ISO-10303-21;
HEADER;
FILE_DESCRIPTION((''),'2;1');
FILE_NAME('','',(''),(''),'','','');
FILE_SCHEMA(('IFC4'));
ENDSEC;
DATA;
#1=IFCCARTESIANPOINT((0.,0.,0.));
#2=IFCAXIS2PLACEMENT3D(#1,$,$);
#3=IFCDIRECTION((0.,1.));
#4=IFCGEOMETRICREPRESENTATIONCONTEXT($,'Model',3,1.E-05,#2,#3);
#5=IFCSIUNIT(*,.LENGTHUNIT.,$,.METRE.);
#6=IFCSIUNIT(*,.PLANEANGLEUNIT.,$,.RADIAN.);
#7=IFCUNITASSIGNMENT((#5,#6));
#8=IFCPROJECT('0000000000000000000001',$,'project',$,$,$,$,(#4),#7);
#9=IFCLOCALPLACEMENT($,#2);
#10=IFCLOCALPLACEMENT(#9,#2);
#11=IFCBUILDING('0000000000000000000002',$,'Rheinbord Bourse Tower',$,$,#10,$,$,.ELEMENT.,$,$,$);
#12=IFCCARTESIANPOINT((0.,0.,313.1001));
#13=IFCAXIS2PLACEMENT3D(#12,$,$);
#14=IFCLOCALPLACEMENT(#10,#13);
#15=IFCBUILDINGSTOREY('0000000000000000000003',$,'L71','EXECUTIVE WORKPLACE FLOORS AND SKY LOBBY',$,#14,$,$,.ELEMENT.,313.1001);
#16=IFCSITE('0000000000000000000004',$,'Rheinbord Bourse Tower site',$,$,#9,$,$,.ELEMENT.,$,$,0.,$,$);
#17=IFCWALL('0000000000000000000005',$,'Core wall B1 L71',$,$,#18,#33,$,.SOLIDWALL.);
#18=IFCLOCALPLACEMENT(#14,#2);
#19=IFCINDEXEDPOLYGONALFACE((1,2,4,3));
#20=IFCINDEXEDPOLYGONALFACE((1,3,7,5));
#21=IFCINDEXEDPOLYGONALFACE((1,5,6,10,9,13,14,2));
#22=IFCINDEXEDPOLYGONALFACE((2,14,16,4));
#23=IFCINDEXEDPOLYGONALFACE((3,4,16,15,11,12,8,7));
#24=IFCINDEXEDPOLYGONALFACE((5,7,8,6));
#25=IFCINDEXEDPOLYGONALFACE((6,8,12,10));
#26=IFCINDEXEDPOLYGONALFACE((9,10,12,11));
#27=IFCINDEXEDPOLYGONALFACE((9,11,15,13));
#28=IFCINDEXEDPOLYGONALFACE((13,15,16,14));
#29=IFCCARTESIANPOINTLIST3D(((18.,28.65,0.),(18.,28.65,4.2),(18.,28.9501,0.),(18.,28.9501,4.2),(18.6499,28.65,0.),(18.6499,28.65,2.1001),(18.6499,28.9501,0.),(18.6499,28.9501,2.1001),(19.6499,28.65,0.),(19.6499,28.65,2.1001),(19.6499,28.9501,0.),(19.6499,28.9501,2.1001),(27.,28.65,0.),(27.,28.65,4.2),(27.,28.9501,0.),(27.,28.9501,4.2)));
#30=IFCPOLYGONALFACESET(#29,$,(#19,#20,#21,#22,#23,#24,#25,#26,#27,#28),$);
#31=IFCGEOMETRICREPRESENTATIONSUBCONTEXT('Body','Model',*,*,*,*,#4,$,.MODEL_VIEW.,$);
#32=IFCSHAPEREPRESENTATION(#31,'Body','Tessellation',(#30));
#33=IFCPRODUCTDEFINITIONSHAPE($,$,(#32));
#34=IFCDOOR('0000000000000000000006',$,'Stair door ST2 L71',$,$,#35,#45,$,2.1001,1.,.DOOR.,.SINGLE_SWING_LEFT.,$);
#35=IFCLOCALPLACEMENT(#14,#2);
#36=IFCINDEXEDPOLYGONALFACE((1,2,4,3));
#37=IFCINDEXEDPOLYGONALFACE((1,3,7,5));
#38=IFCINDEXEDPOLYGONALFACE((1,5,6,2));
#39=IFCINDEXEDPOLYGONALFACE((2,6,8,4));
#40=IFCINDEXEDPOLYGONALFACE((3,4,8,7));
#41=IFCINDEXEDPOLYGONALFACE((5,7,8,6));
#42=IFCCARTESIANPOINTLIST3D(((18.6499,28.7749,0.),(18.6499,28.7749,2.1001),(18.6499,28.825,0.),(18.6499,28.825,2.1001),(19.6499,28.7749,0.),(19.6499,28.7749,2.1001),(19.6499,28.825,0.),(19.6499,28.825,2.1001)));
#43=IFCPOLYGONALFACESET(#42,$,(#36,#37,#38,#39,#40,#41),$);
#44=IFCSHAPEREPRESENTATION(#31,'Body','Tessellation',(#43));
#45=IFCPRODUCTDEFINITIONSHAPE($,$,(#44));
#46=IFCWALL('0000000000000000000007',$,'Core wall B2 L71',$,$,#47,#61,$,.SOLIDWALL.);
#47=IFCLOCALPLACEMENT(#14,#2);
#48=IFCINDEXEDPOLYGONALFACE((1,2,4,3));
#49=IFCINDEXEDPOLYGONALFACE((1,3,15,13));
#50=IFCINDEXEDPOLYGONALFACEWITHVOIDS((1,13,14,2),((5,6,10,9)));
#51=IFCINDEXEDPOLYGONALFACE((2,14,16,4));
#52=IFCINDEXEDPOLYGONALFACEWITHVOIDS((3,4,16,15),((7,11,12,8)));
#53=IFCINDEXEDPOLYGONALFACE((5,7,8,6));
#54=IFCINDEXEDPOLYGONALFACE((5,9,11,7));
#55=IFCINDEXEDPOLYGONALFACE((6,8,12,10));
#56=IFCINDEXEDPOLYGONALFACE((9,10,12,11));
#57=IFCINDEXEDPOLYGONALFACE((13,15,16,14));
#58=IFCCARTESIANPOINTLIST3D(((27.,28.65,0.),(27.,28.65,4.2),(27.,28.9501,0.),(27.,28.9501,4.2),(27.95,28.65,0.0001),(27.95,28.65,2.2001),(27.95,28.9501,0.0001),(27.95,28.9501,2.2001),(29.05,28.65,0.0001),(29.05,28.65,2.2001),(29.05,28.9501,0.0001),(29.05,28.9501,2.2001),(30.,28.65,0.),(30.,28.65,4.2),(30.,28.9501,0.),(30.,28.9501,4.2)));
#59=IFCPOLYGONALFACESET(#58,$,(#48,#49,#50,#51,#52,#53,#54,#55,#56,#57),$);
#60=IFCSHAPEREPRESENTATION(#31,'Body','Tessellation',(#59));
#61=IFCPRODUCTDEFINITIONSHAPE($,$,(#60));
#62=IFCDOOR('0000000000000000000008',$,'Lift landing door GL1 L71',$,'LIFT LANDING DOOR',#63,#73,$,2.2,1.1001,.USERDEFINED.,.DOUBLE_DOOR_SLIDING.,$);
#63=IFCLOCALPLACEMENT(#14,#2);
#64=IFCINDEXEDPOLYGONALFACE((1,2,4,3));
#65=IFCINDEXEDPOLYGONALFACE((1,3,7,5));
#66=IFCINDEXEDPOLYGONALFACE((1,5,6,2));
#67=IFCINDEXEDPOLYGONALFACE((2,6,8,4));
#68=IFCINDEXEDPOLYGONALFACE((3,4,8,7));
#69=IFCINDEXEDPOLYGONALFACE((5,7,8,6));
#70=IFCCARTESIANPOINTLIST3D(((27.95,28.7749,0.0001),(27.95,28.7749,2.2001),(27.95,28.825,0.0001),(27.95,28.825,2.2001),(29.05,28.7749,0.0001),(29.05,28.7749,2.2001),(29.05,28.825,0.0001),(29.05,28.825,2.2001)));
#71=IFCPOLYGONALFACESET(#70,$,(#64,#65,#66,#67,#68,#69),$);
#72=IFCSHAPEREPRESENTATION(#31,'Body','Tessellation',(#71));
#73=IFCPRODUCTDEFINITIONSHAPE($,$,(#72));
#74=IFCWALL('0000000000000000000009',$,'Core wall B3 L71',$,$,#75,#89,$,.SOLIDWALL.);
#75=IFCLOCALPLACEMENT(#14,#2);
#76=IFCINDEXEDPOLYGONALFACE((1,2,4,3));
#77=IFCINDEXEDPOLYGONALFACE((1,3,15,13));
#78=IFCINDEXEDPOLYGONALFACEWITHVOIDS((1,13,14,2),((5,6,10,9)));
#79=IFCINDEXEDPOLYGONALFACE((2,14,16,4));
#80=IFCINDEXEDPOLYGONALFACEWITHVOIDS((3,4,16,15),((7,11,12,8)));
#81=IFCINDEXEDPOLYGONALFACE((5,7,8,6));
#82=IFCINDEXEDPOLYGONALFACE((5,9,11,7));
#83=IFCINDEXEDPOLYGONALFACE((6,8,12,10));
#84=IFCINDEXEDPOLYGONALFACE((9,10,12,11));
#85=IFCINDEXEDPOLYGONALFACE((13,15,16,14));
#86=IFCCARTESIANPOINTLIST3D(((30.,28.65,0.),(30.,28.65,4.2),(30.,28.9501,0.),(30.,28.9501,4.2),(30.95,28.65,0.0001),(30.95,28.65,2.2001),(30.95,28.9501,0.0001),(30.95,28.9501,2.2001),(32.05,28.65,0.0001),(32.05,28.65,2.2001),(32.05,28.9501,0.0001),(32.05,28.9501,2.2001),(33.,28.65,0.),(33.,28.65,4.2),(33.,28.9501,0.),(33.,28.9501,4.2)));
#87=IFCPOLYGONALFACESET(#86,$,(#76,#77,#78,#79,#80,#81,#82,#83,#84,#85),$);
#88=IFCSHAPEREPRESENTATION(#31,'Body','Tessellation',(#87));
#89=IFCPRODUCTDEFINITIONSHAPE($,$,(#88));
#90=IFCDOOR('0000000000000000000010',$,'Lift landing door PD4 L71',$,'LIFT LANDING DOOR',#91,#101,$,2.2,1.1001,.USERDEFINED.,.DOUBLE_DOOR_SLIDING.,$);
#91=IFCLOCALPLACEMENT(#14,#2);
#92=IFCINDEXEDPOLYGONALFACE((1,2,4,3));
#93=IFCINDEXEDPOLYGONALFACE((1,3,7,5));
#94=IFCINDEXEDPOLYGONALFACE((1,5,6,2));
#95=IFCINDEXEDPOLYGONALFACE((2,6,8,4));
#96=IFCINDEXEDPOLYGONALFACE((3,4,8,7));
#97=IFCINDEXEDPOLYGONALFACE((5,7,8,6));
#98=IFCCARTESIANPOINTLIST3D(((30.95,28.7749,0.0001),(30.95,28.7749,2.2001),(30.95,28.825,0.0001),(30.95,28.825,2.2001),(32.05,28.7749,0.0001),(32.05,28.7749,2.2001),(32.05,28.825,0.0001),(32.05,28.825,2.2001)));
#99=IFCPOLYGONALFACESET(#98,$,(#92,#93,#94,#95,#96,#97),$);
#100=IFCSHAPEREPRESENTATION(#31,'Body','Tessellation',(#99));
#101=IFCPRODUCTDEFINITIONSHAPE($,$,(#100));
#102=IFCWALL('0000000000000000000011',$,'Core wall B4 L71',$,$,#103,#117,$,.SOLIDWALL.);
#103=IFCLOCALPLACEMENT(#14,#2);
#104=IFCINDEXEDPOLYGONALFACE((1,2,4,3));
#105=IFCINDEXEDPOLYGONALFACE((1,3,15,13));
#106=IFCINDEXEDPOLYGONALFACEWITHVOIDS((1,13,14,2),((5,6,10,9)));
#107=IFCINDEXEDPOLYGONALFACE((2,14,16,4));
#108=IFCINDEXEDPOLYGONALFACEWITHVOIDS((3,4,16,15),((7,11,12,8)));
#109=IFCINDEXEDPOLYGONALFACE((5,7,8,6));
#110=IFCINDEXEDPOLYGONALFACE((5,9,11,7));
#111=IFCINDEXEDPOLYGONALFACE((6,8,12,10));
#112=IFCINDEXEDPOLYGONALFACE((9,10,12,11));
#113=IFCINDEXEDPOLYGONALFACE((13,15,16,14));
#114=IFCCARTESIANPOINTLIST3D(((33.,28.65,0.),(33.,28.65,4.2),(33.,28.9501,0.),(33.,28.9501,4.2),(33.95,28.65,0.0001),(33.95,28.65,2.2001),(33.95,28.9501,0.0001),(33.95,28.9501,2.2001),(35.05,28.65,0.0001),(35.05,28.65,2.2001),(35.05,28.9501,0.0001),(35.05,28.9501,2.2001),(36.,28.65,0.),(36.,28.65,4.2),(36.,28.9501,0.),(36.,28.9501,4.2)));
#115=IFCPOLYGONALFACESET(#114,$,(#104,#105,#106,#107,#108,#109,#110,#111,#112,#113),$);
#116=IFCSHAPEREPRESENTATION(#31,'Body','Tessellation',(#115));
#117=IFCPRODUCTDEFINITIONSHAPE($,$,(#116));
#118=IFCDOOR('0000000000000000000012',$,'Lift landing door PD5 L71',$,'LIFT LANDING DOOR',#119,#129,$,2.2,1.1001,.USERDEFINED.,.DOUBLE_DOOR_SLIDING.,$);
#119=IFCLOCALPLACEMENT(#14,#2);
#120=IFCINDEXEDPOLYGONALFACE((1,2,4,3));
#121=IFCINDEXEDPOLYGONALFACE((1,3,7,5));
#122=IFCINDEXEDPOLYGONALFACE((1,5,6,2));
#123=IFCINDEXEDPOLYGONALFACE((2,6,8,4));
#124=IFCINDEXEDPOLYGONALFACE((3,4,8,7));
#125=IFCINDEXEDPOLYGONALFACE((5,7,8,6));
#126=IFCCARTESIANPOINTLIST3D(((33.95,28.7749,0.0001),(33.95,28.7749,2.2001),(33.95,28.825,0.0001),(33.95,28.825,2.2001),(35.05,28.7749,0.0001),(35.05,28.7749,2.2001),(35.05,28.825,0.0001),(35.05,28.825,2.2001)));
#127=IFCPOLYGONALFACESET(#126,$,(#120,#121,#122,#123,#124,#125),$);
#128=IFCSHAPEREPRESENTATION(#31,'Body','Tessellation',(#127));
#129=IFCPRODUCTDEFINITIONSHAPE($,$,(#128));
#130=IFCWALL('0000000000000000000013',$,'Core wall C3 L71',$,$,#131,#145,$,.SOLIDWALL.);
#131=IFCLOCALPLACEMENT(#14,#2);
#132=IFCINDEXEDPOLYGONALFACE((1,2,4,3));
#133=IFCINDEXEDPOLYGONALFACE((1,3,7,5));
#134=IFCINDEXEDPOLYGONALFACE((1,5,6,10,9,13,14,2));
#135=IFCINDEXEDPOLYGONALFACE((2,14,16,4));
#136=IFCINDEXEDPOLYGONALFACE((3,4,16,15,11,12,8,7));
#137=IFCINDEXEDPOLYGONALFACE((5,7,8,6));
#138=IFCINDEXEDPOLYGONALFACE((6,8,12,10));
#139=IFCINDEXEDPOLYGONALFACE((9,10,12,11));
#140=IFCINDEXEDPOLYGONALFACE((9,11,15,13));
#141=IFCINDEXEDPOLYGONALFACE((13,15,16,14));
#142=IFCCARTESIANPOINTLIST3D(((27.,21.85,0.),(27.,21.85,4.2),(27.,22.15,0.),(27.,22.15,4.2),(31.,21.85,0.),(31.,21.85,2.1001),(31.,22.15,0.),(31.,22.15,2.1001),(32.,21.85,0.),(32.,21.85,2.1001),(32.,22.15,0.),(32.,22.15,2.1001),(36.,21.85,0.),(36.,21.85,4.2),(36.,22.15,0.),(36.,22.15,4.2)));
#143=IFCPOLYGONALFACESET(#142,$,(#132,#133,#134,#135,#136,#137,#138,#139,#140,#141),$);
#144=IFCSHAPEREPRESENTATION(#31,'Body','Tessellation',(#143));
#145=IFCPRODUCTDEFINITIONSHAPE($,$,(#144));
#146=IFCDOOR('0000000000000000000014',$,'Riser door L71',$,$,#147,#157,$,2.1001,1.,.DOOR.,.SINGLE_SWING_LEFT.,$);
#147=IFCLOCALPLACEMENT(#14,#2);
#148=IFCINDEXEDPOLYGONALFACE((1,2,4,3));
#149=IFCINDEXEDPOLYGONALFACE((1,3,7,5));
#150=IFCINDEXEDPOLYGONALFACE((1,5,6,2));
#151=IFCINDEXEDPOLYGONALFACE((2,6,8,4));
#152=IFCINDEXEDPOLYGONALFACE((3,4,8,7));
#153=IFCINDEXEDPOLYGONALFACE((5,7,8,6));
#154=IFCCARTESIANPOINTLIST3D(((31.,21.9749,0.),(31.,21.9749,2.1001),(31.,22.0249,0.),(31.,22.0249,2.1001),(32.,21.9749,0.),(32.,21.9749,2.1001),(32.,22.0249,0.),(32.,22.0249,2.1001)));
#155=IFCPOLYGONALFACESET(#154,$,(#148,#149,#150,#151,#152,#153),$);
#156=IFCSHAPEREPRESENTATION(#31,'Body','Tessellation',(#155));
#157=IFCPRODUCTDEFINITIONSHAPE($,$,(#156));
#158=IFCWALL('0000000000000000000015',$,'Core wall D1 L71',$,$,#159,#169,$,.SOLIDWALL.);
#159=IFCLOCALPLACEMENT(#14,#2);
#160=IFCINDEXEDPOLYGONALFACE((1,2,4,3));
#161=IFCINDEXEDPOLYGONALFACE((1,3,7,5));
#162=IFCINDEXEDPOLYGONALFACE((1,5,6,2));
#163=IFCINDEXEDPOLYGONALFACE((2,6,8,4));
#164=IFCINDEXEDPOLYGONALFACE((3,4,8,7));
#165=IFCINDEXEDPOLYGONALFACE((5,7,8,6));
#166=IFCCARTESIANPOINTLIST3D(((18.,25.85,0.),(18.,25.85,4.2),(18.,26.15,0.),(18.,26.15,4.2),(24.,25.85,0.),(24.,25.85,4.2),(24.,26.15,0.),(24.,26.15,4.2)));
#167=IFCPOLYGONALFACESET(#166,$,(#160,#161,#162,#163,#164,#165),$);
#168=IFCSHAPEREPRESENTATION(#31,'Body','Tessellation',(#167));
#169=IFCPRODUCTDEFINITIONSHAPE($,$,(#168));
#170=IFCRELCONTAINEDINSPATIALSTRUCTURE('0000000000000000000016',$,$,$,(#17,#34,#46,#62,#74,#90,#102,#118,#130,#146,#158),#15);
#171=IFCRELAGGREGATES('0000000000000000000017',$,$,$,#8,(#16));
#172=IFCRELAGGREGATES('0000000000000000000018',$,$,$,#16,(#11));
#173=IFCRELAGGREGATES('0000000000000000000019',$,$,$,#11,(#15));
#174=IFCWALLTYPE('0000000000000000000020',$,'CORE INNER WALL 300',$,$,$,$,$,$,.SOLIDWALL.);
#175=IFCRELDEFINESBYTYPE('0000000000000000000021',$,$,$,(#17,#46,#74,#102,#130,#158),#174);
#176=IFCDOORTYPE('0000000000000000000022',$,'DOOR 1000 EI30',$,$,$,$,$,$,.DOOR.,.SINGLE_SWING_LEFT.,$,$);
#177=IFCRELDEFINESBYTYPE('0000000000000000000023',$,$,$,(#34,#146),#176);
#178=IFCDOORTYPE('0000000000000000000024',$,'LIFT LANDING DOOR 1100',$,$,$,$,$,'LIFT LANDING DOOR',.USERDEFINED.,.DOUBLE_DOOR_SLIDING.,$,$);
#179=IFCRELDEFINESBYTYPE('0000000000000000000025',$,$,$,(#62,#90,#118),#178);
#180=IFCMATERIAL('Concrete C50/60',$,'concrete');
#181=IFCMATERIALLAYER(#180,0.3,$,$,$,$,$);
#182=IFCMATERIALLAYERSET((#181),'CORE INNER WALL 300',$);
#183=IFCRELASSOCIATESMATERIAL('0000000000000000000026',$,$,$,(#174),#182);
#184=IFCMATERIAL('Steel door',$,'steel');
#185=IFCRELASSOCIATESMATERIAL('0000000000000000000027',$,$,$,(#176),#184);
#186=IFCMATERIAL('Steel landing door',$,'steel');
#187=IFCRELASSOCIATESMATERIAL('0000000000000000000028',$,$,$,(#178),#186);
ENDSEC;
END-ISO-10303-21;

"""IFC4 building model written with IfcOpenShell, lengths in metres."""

from ifc_helpers import new_model, si_unit, direction, frame, frame_2d, origin, place, context, subcontext, project, spatial, rectangle, extrude, material, layer, layer_set, type_object, element, fill, save


model = new_model("IFC4")

# Units and contexts
model_context = context("Model", 3, precision=1e-05, world=origin(), true_north=direction((0.0, 1.0)))
body_context = subcontext(model_context, "Body", "Model", "MODEL_VIEW")
ifc_project = project(units=[si_unit("LENGTHUNIT", "METRE"), si_unit("PLANEANGLEUNIT", "RADIAN")], contexts=[model_context])

# Site, building, storey
site_placement = place(None, origin())
site = spatial("IfcSite", under=ifc_project, at=site_placement, Name="Rheinbord Bourse Tower site", CompositionType="ELEMENT", RefElevation=0.0)
building_placement = place(site_placement, origin())
building = spatial("IfcBuilding", under=site, at=building_placement, Name="Rheinbord Bourse Tower", CompositionType="ELEMENT")
storey_placement = place(building_placement, frame((0.0, 0.0, 313.1001)))
storey = spatial("IfcBuildingStorey", under=building, at=storey_placement, Name="L71", Description="EXECUTIVE WORKPLACE FLOORS AND SKY LOBBY", CompositionType="ELEMENT", Elevation=313.1001)

# Walls, openings, doors
ifc_material_1 = material(Name="Concrete C50/60", Category="concrete")
ifc_layer_1 = layer(ifc_material_1, 0.3)
ifc_layer_set_1 = layer_set([ifc_layer_1], Name="CORE INNER WALL 300")
wall_type_1 = type_object("IfcWallType", Name="CORE INNER WALL 300", PredefinedType="SOLIDWALL", material=ifc_layer_set_1)
wall_1_placement = place(storey_placement, frame((18.0, 28.8, 0.0), z_axis=(0.0, 0.0, 1.0), x_axis=(1.0, 0.0, 0.0)))
wall_1 = element("IfcWall", 1, at=wall_1_placement, inside=storey, type_object=wall_type_1, Name="Core wall B1 L71", PredefinedType="SOLIDWALL", context=body_context, shape_type="SweptSolid", body=[
    extrude(rectangle(XDim=9.0, YDim=0.3, at=frame_2d((4.5, 0.0))), origin(), (0.0, 0.0, 1.0), 4.2),
])
opening_1_placement = place(wall_1_placement, frame((0.6499, 0.0, 0.0)))
opening_1 = element("IfcOpeningElement", 2, at=opening_1_placement, cuts=wall_1, PredefinedType="OPENING", context=body_context, shape_type="SweptSolid", body=[
    extrude(rectangle(XDim=1.0, YDim=2.1001, at=frame_2d((0.5, 1.05))), frame((0.0, 0.1599, 0.0), z_axis=(0.0, -1.0, 0.0), x_axis=(1.0, 0.0, 0.0)), (0.0, 0.0, 1.0), 0.3201),
])
ifc_material_2 = material(Name="Steel door", Category="steel")
door_type_1 = type_object("IfcDoorType", Name="DOOR 1000 EI30", OperationType="SINGLE_SWING_LEFT", PredefinedType="DOOR", material=ifc_material_2)
door_1_placement = place(opening_1_placement, origin())
door_1 = element("IfcDoor", 3, at=door_1_placement, inside=storey, type_object=door_type_1, Name="Stair door ST2 L71", OperationType="SINGLE_SWING_LEFT", OverallHeight=2.1001, OverallWidth=1.0, PredefinedType="DOOR", context=body_context, shape_type="SweptSolid", body=[
    extrude(rectangle(XDim=1.0, YDim=2.1001, at=frame_2d((0.5, 1.05))), frame((0.0, 0.0249, 0.0), z_axis=(0.0, -1.0, 0.0), x_axis=(1.0, 0.0, 0.0)), (0.0, 0.0, 1.0), 0.05),
])
fill(opening_1, door_1)
wall_2_placement = place(storey_placement, frame((27.0, 28.8, 0.0), z_axis=(0.0, 0.0, 1.0), x_axis=(1.0, 0.0, 0.0)))
wall_2 = element("IfcWall", 4, at=wall_2_placement, inside=storey, type_object=wall_type_1, Name="Core wall B2 L71", PredefinedType="SOLIDWALL", context=body_context, shape_type="SweptSolid", body=[
    extrude(rectangle(XDim=3.0, YDim=0.3, at=frame_2d((1.5, 0.0))), origin(), (0.0, 0.0, 1.0), 4.2),
])
opening_2_placement = place(wall_2_placement, frame((0.95, 0.0, 0.0)))
opening_2 = element("IfcOpeningElement", 5, at=opening_2_placement, cuts=wall_2, PredefinedType="OPENING", context=body_context, shape_type="SweptSolid", body=[
    extrude(rectangle(XDim=1.1001, YDim=2.2, at=frame_2d((0.55, 1.1001))), frame((0.0, 0.1599, 0.0), z_axis=(0.0, -1.0, 0.0), x_axis=(1.0, 0.0, 0.0)), (0.0, 0.0, 1.0), 0.3201),
])
ifc_material_3 = material(Name="Steel landing door", Category="steel")
door_type_2 = type_object("IfcDoorType", Name="LIFT LANDING DOOR 1100", ElementType="LIFT LANDING DOOR", OperationType="DOUBLE_DOOR_SLIDING", PredefinedType="USERDEFINED", material=ifc_material_3)
door_2_placement = place(opening_2_placement, origin())
door_2 = element("IfcDoor", 6, at=door_2_placement, inside=storey, type_object=door_type_2, Name="Lift landing door GL1 L71", ObjectType="LIFT LANDING DOOR", OperationType="DOUBLE_DOOR_SLIDING", OverallHeight=2.2, OverallWidth=1.1001, PredefinedType="USERDEFINED", context=body_context, shape_type="SweptSolid", body=[
    extrude(rectangle(XDim=1.1001, YDim=2.2, at=frame_2d((0.55, 1.1001))), frame((0.0, 0.0249, 0.0), z_axis=(0.0, -1.0, 0.0), x_axis=(1.0, 0.0, 0.0)), (0.0, 0.0, 1.0), 0.05),
])
fill(opening_2, door_2)
wall_3_placement = place(storey_placement, frame((30.0, 28.8, 0.0), z_axis=(0.0, 0.0, 1.0), x_axis=(1.0, 0.0, 0.0)))
wall_3 = element("IfcWall", 7, at=wall_3_placement, inside=storey, type_object=wall_type_1, Name="Core wall B3 L71", PredefinedType="SOLIDWALL", context=body_context, shape_type="SweptSolid", body=[
    extrude(rectangle(XDim=3.0, YDim=0.3, at=frame_2d((1.5, 0.0))), origin(), (0.0, 0.0, 1.0), 4.2),
])
opening_3_placement = place(wall_3_placement, frame((0.95, 0.0, 0.0)))
opening_3 = element("IfcOpeningElement", 8, at=opening_3_placement, cuts=wall_3, PredefinedType="OPENING", context=body_context, shape_type="SweptSolid", body=[
    extrude(rectangle(XDim=1.1001, YDim=2.2, at=frame_2d((0.55, 1.1001))), frame((0.0, 0.1599, 0.0), z_axis=(0.0, -1.0, 0.0), x_axis=(1.0, 0.0, 0.0)), (0.0, 0.0, 1.0), 0.3201),
])
door_3_placement = place(opening_3_placement, origin())
door_3 = element("IfcDoor", 9, at=door_3_placement, inside=storey, type_object=door_type_2, Name="Lift landing door PD4 L71", ObjectType="LIFT LANDING DOOR", OperationType="DOUBLE_DOOR_SLIDING", OverallHeight=2.2, OverallWidth=1.1001, PredefinedType="USERDEFINED", context=body_context, shape_type="SweptSolid", body=[
    extrude(rectangle(XDim=1.1001, YDim=2.2, at=frame_2d((0.55, 1.1001))), frame((0.0, 0.0249, 0.0), z_axis=(0.0, -1.0, 0.0), x_axis=(1.0, 0.0, 0.0)), (0.0, 0.0, 1.0), 0.05),
])
fill(opening_3, door_3)
wall_4_placement = place(storey_placement, frame((33.0, 28.8, 0.0), z_axis=(0.0, 0.0, 1.0), x_axis=(1.0, 0.0, 0.0)))
wall_4 = element("IfcWall", 10, at=wall_4_placement, inside=storey, type_object=wall_type_1, Name="Core wall B4 L71", PredefinedType="SOLIDWALL", context=body_context, shape_type="SweptSolid", body=[
    extrude(rectangle(XDim=3.0, YDim=0.3, at=frame_2d((1.5, 0.0))), origin(), (0.0, 0.0, 1.0), 4.2),
])
opening_4_placement = place(wall_4_placement, frame((0.95, 0.0, 0.0)))
opening_4 = element("IfcOpeningElement", 11, at=opening_4_placement, cuts=wall_4, PredefinedType="OPENING", context=body_context, shape_type="SweptSolid", body=[
    extrude(rectangle(XDim=1.1001, YDim=2.2, at=frame_2d((0.55, 1.1001))), frame((0.0, 0.1599, 0.0), z_axis=(0.0, -1.0, 0.0), x_axis=(1.0, 0.0, 0.0)), (0.0, 0.0, 1.0), 0.3201),
])
door_4_placement = place(opening_4_placement, origin())
door_4 = element("IfcDoor", 12, at=door_4_placement, inside=storey, type_object=door_type_2, Name="Lift landing door PD5 L71", ObjectType="LIFT LANDING DOOR", OperationType="DOUBLE_DOOR_SLIDING", OverallHeight=2.2, OverallWidth=1.1001, PredefinedType="USERDEFINED", context=body_context, shape_type="SweptSolid", body=[
    extrude(rectangle(XDim=1.1001, YDim=2.2, at=frame_2d((0.55, 1.1001))), frame((0.0, 0.0249, 0.0), z_axis=(0.0, -1.0, 0.0), x_axis=(1.0, 0.0, 0.0)), (0.0, 0.0, 1.0), 0.05),
])
fill(opening_4, door_4)
wall_5_placement = place(storey_placement, frame((27.0, 22.0, 0.0), z_axis=(0.0, 0.0, 1.0), x_axis=(1.0, 0.0, 0.0)))
wall_5 = element("IfcWall", 13, at=wall_5_placement, inside=storey, type_object=wall_type_1, Name="Core wall C3 L71", PredefinedType="SOLIDWALL", context=body_context, shape_type="SweptSolid", body=[
    extrude(rectangle(XDim=9.0, YDim=0.3, at=frame_2d((4.5, 0.0))), origin(), (0.0, 0.0, 1.0), 4.2),
])
opening_5_placement = place(wall_5_placement, frame((4.0, 0.0, 0.0)))
opening_5 = element("IfcOpeningElement", 14, at=opening_5_placement, cuts=wall_5, PredefinedType="OPENING", context=body_context, shape_type="SweptSolid", body=[
    extrude(rectangle(XDim=1.0, YDim=2.1001, at=frame_2d((0.5, 1.05))), frame((0.0, 0.1599, 0.0), z_axis=(0.0, -1.0, 0.0), x_axis=(1.0, 0.0, 0.0)), (0.0, 0.0, 1.0), 0.3201),
])
door_5_placement = place(opening_5_placement, origin())
door_5 = element("IfcDoor", 15, at=door_5_placement, inside=storey, type_object=door_type_1, Name="Riser door L71", OperationType="SINGLE_SWING_LEFT", OverallHeight=2.1001, OverallWidth=1.0, PredefinedType="DOOR", context=body_context, shape_type="SweptSolid", body=[
    extrude(rectangle(XDim=1.0, YDim=2.1001, at=frame_2d((0.5, 1.05))), frame((0.0, 0.0249, 0.0), z_axis=(0.0, -1.0, 0.0), x_axis=(1.0, 0.0, 0.0)), (0.0, 0.0, 1.0), 0.05),
])
fill(opening_5, door_5)

# Wall
wall_6_placement = place(storey_placement, frame((18.0, 26.0, 0.0), z_axis=(0.0, 0.0, 1.0), x_axis=(1.0, 0.0, 0.0)))
element("IfcWall", 16, at=wall_6_placement, inside=storey, type_object=wall_type_1, Name="Core wall D1 L71", PredefinedType="SOLIDWALL", context=body_context, shape_type="SweptSolid", body=[
    extrude(rectangle(XDim=6.0, YDim=0.3, at=frame_2d((3.0, 0.0))), origin(), (0.0, 0.0, 1.0), 4.2),
])

save(model, "model.ifc")
